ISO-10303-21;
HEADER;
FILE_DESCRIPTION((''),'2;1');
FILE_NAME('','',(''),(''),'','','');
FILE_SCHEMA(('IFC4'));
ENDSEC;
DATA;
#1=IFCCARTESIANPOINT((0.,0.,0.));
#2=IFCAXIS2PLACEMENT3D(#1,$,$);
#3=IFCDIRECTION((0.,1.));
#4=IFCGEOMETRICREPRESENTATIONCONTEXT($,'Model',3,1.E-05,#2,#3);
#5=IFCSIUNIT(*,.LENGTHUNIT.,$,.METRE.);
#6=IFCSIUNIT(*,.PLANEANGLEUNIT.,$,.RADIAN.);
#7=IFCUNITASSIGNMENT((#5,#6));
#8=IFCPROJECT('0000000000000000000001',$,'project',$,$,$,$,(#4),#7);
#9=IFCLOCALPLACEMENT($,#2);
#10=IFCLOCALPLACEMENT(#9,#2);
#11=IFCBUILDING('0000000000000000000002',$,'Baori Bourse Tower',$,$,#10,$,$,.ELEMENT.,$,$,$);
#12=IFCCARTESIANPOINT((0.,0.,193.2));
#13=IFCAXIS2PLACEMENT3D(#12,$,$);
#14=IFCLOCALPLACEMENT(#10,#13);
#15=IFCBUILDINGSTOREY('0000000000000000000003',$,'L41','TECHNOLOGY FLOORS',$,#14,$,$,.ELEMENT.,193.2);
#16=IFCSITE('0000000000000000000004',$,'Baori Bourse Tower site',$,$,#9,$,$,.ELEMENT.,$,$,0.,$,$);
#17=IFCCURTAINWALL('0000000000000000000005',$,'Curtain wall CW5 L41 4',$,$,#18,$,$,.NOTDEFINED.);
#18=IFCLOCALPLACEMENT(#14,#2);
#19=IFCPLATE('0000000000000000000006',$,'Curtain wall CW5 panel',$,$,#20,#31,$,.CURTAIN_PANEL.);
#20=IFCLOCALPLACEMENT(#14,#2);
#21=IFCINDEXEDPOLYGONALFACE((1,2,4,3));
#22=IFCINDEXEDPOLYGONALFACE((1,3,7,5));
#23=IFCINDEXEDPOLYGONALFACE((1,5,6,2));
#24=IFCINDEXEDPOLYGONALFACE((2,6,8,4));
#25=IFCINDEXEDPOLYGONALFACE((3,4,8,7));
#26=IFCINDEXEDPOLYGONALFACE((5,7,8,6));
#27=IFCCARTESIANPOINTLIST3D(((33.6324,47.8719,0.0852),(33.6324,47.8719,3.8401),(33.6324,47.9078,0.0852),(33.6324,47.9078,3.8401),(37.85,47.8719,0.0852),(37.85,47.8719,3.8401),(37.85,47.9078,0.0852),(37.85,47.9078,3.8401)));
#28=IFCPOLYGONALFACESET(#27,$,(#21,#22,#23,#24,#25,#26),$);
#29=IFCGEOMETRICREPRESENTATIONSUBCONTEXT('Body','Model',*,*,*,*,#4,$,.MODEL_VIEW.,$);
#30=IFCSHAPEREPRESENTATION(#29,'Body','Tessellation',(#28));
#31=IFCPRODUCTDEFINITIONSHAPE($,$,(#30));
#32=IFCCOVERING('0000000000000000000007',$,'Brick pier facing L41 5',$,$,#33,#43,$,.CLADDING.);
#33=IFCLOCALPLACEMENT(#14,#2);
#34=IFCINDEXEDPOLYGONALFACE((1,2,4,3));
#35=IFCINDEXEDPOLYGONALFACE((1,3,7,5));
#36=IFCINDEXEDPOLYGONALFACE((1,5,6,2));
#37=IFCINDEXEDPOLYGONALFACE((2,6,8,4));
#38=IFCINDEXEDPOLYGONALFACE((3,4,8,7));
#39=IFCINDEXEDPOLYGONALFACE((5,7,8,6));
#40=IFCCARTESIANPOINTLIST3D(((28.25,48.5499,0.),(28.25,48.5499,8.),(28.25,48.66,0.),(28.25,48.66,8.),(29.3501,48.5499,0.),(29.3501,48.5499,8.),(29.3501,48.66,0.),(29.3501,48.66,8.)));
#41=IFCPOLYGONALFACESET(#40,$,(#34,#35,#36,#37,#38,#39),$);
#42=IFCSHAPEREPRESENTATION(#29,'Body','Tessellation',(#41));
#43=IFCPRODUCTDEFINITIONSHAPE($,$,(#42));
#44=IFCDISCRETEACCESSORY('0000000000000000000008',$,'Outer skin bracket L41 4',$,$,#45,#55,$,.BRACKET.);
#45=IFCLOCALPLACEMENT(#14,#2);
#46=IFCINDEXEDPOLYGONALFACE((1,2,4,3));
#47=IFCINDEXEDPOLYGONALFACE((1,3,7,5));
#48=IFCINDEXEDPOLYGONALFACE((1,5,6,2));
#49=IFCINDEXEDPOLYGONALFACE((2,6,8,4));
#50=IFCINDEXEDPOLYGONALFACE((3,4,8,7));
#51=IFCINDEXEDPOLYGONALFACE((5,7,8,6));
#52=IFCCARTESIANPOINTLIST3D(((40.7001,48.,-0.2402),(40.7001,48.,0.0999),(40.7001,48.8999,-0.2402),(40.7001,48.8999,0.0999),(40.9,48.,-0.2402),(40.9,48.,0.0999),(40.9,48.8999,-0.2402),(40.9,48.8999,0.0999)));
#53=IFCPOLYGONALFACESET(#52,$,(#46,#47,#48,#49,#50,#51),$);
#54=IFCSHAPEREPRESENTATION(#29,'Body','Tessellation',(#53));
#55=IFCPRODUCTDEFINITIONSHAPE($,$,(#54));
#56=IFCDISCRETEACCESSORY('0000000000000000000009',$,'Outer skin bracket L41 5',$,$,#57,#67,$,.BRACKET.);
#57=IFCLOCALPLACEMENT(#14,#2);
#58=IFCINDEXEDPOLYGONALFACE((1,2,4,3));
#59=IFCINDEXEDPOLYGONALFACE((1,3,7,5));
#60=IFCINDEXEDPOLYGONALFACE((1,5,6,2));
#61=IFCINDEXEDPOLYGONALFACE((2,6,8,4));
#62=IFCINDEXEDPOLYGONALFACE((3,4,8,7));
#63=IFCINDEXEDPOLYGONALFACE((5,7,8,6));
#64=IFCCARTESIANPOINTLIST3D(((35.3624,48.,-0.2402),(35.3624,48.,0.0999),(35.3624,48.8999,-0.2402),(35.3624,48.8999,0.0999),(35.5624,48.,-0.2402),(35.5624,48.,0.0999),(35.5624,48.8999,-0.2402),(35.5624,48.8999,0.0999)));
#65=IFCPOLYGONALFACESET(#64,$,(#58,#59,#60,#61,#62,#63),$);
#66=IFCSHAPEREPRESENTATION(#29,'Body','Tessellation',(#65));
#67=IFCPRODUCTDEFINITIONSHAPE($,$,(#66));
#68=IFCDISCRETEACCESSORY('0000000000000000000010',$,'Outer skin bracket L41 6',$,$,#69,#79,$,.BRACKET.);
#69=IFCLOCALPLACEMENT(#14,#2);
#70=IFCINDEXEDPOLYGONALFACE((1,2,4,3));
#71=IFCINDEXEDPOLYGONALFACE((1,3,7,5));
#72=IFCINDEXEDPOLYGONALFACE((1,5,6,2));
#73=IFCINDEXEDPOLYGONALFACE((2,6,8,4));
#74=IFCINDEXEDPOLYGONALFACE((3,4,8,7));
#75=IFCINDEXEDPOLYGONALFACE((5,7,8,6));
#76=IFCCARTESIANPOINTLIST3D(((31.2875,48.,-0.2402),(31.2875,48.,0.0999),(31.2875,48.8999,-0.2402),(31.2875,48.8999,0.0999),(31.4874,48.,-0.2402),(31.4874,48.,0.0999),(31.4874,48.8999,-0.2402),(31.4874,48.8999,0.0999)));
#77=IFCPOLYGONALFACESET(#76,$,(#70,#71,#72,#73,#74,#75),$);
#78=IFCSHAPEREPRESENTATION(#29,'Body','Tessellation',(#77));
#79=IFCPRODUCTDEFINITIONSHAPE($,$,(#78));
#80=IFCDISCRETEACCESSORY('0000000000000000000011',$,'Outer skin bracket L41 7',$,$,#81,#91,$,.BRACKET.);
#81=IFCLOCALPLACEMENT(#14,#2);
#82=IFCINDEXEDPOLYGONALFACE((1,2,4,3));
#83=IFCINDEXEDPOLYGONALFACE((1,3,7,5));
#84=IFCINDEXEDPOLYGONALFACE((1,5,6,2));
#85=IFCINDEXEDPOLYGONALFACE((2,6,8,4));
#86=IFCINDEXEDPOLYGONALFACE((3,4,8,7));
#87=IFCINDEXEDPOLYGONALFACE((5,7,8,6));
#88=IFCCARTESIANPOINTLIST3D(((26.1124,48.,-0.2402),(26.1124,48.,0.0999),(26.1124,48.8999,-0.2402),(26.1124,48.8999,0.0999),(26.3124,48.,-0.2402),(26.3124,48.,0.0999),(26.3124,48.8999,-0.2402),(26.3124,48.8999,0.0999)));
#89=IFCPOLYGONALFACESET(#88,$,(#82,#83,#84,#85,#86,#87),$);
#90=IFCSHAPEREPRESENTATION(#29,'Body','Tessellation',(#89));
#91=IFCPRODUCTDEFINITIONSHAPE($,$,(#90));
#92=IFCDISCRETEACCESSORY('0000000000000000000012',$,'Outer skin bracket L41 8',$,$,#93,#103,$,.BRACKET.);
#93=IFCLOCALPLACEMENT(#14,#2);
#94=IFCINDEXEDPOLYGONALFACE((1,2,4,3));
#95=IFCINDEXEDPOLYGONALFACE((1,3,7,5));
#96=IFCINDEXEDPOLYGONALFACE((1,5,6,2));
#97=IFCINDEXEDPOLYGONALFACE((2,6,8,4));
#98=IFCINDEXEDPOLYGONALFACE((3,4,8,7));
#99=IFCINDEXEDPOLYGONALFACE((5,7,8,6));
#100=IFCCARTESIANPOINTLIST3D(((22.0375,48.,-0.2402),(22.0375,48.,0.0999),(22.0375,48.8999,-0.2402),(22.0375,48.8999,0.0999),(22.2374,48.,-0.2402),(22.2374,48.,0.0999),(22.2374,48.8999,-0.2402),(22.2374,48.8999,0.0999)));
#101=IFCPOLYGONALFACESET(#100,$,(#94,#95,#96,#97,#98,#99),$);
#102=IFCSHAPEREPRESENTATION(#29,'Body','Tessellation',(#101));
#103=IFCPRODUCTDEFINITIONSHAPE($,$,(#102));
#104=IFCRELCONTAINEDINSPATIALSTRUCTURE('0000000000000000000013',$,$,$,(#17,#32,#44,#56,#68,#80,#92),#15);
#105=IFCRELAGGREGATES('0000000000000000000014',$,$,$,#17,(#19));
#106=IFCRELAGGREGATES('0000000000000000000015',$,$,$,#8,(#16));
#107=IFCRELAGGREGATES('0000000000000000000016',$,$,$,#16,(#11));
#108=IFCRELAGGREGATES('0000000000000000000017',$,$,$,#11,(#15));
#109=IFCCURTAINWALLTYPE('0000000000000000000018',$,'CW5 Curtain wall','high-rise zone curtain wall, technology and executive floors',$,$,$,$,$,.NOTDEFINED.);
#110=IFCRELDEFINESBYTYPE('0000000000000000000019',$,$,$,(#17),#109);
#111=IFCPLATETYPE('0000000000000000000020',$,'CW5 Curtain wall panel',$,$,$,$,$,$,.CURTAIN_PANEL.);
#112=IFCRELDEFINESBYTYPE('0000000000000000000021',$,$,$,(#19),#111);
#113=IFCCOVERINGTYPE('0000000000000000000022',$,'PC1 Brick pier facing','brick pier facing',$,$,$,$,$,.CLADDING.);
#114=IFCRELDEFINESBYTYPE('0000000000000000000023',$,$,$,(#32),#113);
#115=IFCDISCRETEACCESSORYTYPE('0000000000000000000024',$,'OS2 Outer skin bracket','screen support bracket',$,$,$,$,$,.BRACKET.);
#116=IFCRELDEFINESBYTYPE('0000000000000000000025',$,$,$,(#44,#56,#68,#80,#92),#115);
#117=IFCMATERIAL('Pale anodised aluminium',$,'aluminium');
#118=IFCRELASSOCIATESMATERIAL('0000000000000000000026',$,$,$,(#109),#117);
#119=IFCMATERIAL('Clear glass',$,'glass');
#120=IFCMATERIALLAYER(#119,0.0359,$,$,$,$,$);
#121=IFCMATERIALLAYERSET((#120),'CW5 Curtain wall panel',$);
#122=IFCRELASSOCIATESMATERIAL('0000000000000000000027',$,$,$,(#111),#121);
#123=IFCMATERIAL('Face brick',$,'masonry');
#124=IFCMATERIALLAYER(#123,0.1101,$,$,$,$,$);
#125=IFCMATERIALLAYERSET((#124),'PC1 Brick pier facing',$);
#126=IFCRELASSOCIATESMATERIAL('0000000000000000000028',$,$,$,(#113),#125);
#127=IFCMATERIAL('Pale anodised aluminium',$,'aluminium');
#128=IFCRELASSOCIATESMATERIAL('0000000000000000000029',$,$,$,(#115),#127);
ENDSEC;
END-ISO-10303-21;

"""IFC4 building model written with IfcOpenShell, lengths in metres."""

from ifc_helpers import new_model, si_unit, direction, frame, origin, origin_2d, place, context, subcontext, project, spatial, rectangle, extrude, material, layer, layer_set, type_object, element, aggregate, save


model = new_model("IFC4")

# Units and contexts
model_context = context("Model", 3, precision=1e-05, world=origin(), true_north=direction((0.0, 1.0)))
body_context = subcontext(model_context, "Body", "Model", "MODEL_VIEW")
ifc_project = project(units=[si_unit("LENGTHUNIT", "METRE"), si_unit("PLANEANGLEUNIT", "RADIAN")], contexts=[model_context])

# Site, building, storey
site_placement = place(None, origin())
site = spatial("IfcSite", under=ifc_project, at=site_placement, Name="Baori Bourse Tower site", CompositionType="ELEMENT", RefElevation=0.0)
building_placement = place(site_placement, origin())
building = spatial("IfcBuilding", under=site, at=building_placement, Name="Baori Bourse Tower", CompositionType="ELEMENT")
storey_placement = place(building_placement, frame((0.0, 0.0, 193.2)))
storey = spatial("IfcBuildingStorey", under=building, at=storey_placement, Name="L41", Description="TECHNOLOGY FLOORS", CompositionType="ELEMENT", Elevation=193.2)

# Curtain wall
ifc_material_1 = material(Name="Pale anodised aluminium", Category="aluminium")
curtain_wall_type = type_object("IfcCurtainWallType", Name="CW5 Curtain wall", Description="high-rise zone curtain wall, technology and executive floors", PredefinedType="NOTDEFINED", material=ifc_material_1)
curtain_wall_placement = place(storey_placement, origin())
curtain_wall = element("IfcCurtainWall", 1, at=curtain_wall_placement, inside=storey, type_object=curtain_wall_type, Name="Curtain wall CW5 L41 4", PredefinedType="NOTDEFINED")

# Plate
ifc_material_2 = material(Name="Clear glass", Category="glass")
ifc_layer_1 = layer(ifc_material_2, 0.0359)
ifc_layer_set_1 = layer_set([ifc_layer_1], Name="CW5 Curtain wall panel")
plate_type = type_object("IfcPlateType", Name="CW5 Curtain wall panel", PredefinedType="CURTAIN_PANEL", material=ifc_layer_set_1)
plate_1_placement = place(storey_placement, frame((35.7412, 47.8899, 0.0852), z_axis=(0.0, 0.0, 1.0), x_axis=(-1.0, 0.0, 0.0)))
plate_1 = element("IfcPlate", 2, at=plate_1_placement, type_object=plate_type, Name="Curtain wall CW5 panel", PredefinedType="CURTAIN_PANEL", context=body_context, shape_type="SweptSolid", body=[
    extrude(rectangle(XDim=4.2175, YDim=0.0359, at=origin_2d()), origin(), (0.0, 0.0, 1.0), 3.7549),
])
aggregate(curtain_wall, [plate_1])

# Covering
ifc_material_3 = material(Name="Face brick", Category="masonry")
ifc_layer_2 = layer(ifc_material_3, 0.1101)
ifc_layer_set_2 = layer_set([ifc_layer_2], Name="PC1 Brick pier facing")
covering_type = type_object("IfcCoveringType", Name="PC1 Brick pier facing", Description="brick pier facing", PredefinedType="CLADDING", material=ifc_layer_set_2)
covering_placement = place(storey_placement, frame((28.8, 48.605, 0.0), z_axis=(0.0, 0.0, 1.0), x_axis=(1.0, 0.0, 0.0)))
element("IfcCovering", 3, at=covering_placement, inside=storey, type_object=covering_type, Name="Brick pier facing L41 5", PredefinedType="CLADDING", context=body_context, shape_type="SweptSolid", body=[
    extrude(rectangle(XDim=1.1001, YDim=0.1101, at=origin_2d()), origin(), (0.0, 0.0, 1.0), 8.0),
])

# Discrete accessories
ifc_material_4 = material(Name="Pale anodised aluminium", Category="aluminium")
discrete_accessory_type = type_object("IfcDiscreteAccessoryType", Name="OS2 Outer skin bracket", Description="screen support bracket", PredefinedType="BRACKET", material=ifc_material_4)
for number, where, z_axis, x_axis, name in (
    (4, (40.8, 48.45, -0.2402), (0.0, 0.0, 1.0), (-1.0, 0.0, 0.0), "Outer skin bracket L41 4"),
    (5, (35.4624, 48.45, -0.2402), (0.0, 0.0, 1.0), (-1.0, 0.0, 0.0), "Outer skin bracket L41 5"),
    (6, (31.3875, 48.45, -0.2402), (0.0, 0.0, 1.0), (-1.0, 0.0, 0.0), "Outer skin bracket L41 6"),
    (7, (26.2124, 48.45, -0.2402), (0.0, 0.0, 1.0), (-1.0, 0.0, 0.0), "Outer skin bracket L41 7"),
    (8, (22.1375, 48.45, -0.2402), (0.0, 0.0, 1.0), (-1.0, 0.0, 0.0), "Outer skin bracket L41 8"),
):
    element("IfcDiscreteAccessory", number, at=place(storey_placement, frame(where, z_axis=z_axis, x_axis=x_axis)), inside=storey, type_object=discrete_accessory_type, Name=name, PredefinedType="BRACKET", context=body_context, shape_type="SweptSolid", body=[
        extrude(rectangle(XDim=0.2, YDim=0.8999, at=origin_2d()), origin(), (0.0, 0.0, 1.0), 0.3401),
    ])

save(model, "model.ifc")
